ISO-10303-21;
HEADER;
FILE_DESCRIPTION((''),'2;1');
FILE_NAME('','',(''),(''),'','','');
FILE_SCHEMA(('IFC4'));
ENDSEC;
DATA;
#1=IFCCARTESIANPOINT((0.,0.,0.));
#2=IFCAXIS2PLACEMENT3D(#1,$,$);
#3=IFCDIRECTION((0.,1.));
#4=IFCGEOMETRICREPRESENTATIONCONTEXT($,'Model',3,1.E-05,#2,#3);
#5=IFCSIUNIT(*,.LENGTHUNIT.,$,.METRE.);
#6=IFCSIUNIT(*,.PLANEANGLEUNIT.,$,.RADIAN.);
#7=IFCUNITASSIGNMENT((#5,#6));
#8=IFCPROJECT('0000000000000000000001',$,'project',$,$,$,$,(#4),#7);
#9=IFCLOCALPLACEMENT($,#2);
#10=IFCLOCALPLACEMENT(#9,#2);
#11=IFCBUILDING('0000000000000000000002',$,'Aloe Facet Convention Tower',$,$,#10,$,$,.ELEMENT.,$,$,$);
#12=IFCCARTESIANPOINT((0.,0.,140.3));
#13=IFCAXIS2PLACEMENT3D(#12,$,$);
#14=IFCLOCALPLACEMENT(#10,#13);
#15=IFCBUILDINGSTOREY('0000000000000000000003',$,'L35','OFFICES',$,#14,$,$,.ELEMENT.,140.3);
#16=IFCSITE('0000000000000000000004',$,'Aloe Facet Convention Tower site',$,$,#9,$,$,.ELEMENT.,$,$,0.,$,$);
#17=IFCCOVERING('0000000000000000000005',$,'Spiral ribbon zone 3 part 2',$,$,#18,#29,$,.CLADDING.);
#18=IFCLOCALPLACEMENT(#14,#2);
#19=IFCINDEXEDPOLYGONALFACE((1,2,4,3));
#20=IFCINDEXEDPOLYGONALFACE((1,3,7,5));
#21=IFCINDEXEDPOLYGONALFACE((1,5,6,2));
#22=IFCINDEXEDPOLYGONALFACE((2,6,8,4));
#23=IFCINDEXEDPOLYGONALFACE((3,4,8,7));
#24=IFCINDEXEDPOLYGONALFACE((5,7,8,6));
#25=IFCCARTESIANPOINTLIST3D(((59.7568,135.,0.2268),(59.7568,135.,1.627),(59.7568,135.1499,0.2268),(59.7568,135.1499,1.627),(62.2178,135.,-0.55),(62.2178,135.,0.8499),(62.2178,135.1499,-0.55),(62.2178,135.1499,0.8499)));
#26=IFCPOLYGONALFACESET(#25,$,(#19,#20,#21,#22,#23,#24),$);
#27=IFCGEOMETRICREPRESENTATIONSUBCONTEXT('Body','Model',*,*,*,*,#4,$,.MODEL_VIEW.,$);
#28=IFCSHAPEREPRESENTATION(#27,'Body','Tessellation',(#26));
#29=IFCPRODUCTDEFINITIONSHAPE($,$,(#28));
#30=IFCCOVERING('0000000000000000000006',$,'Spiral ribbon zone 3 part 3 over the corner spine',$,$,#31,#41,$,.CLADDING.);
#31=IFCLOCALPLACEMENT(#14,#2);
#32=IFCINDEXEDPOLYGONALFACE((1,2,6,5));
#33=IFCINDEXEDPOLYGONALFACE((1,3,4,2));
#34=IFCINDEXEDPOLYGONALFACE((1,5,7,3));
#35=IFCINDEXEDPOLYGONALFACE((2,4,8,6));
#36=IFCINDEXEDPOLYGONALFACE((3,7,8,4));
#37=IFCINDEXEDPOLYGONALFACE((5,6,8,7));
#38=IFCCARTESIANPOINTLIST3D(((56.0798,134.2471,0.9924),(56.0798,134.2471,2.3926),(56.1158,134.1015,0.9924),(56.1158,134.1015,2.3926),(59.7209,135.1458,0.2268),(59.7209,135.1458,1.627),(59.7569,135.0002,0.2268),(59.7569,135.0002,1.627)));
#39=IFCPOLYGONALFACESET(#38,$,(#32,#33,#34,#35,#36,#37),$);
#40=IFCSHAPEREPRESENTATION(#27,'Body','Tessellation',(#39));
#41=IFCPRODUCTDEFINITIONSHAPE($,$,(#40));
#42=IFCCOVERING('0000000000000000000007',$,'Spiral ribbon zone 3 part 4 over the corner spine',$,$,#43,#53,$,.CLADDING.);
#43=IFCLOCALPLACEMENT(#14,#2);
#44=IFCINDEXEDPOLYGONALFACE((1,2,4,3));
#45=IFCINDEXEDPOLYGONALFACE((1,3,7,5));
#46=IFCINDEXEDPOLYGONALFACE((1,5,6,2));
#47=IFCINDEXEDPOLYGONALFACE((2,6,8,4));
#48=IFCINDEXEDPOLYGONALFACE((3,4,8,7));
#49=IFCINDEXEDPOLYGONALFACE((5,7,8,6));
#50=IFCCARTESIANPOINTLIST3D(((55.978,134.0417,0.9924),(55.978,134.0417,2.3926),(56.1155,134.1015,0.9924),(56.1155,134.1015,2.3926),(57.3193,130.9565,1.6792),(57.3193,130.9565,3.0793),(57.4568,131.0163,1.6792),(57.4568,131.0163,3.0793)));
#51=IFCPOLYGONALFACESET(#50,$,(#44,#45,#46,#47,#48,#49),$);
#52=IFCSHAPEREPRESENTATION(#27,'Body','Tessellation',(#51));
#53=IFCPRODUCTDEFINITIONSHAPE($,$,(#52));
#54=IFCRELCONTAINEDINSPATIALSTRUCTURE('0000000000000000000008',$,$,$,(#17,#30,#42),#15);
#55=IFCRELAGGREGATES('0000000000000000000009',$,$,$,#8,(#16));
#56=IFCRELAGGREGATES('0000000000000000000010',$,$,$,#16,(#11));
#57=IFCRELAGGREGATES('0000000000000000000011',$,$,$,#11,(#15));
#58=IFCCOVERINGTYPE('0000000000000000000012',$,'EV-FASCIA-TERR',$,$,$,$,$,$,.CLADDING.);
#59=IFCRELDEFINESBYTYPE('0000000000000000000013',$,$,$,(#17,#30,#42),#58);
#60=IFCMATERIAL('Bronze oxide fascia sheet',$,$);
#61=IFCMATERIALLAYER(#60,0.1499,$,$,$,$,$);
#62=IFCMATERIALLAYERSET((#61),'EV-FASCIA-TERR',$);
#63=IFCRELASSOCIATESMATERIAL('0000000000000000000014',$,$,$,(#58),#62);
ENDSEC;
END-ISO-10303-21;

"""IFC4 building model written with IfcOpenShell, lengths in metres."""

from ifc_helpers import new_model, si_unit, direction, frame, origin, place, context, subcontext, project, spatial, polyline, outline, extrude, material, layer, layer_set, type_object, element, save


model = new_model("IFC4")

# Units and contexts
model_context = context("Model", 3, precision=1e-05, world=origin(), true_north=direction((0.0, 1.0)))
body_context = subcontext(model_context, "Body", "Model", "MODEL_VIEW")
ifc_project = project(units=[si_unit("LENGTHUNIT", "METRE"), si_unit("PLANEANGLEUNIT", "RADIAN")], contexts=[model_context])

# Site, building, storey
site_placement = place(None, origin())
site = spatial("IfcSite", under=ifc_project, at=site_placement, Name="Aloe Facet Convention Tower site", CompositionType="ELEMENT", RefElevation=0.0)
building_placement = place(site_placement, origin())
building = spatial("IfcBuilding", under=site, at=building_placement, Name="Aloe Facet Convention Tower", CompositionType="ELEMENT")
storey_placement = place(building_placement, frame((0.0, 0.0, 140.3)))
storey = spatial("IfcBuildingStorey", under=building, at=storey_placement, Name="L35", Description="OFFICES", CompositionType="ELEMENT", Elevation=140.3)

# Coverings
ifc_material_1 = material(Name="Bronze oxide fascia sheet")
ifc_layer_1 = layer(ifc_material_1, 0.1499)
ifc_layer_set_1 = layer_set([ifc_layer_1], Name="EV-FASCIA-TERR")
covering_type = type_object("IfcCoveringType", Name="EV-FASCIA-TERR", PredefinedType="CLADDING", material=ifc_layer_set_1)
covering_1_placement = place(storey_placement, frame((62.2178, 135.1499, -0.55), z_axis=(0.0, 1.0, 0.0), x_axis=(-0.953614, 0.0, 0.301032)))
element("IfcCovering", 1, at=covering_1_placement, inside=storey, type_object=covering_type, Name="Spiral ribbon zone 3 part 2", PredefinedType="CLADDING", context=body_context, shape_type="SweptSolid", body=[
    extrude(outline(polyline([(0.0, 0.0), (2.5806, 0.0), (3.0021, 1.3352), (0.4214, 1.335), (0.0, 0.0)])), origin(), (0.0, 0.0, -1.0), 0.1499),
])
covering_2_placement = place(storey_placement, frame((59.7209, 135.1458, 0.2268), z_axis=(-0.239624, 0.970866, 0.0), x_axis=(-0.951246, -0.234782, 0.200021)))
element("IfcCovering", 2, at=covering_2_placement, inside=storey, type_object=covering_type, Name="Spiral ribbon zone 3 part 3 over the corner spine", PredefinedType="CLADDING", context=body_context, shape_type="SweptSolid", body=[
    extrude(outline(polyline([(0.0, 0.0), (3.8277, 0.0), (4.1078, 1.3719), (0.2801, 1.3719), (0.0, 0.0)])), origin(), (0.0, 0.0, -1.0), 0.1499),
])
covering_3_placement = place(storey_placement, frame((55.978, 134.0417, 0.9924), z_axis=(-0.917079, -0.398705, 0.0), x_axis=(0.390648, -0.898547, 0.200017)))
element("IfcCovering", 3, at=covering_3_placement, inside=storey, type_object=covering_type, Name="Spiral ribbon zone 3 part 4 over the corner spine", PredefinedType="CLADDING", context=body_context, shape_type="SweptSolid", body=[
    extrude(outline(polyline([(0.0, 0.0), (3.4335, 0.0), (3.7136, 1.3719), (0.2801, 1.3719), (0.0, 0.0)])), origin(), (0.0, 0.0, -1.0), 0.1499),
])

save(model, "model.ifc")
